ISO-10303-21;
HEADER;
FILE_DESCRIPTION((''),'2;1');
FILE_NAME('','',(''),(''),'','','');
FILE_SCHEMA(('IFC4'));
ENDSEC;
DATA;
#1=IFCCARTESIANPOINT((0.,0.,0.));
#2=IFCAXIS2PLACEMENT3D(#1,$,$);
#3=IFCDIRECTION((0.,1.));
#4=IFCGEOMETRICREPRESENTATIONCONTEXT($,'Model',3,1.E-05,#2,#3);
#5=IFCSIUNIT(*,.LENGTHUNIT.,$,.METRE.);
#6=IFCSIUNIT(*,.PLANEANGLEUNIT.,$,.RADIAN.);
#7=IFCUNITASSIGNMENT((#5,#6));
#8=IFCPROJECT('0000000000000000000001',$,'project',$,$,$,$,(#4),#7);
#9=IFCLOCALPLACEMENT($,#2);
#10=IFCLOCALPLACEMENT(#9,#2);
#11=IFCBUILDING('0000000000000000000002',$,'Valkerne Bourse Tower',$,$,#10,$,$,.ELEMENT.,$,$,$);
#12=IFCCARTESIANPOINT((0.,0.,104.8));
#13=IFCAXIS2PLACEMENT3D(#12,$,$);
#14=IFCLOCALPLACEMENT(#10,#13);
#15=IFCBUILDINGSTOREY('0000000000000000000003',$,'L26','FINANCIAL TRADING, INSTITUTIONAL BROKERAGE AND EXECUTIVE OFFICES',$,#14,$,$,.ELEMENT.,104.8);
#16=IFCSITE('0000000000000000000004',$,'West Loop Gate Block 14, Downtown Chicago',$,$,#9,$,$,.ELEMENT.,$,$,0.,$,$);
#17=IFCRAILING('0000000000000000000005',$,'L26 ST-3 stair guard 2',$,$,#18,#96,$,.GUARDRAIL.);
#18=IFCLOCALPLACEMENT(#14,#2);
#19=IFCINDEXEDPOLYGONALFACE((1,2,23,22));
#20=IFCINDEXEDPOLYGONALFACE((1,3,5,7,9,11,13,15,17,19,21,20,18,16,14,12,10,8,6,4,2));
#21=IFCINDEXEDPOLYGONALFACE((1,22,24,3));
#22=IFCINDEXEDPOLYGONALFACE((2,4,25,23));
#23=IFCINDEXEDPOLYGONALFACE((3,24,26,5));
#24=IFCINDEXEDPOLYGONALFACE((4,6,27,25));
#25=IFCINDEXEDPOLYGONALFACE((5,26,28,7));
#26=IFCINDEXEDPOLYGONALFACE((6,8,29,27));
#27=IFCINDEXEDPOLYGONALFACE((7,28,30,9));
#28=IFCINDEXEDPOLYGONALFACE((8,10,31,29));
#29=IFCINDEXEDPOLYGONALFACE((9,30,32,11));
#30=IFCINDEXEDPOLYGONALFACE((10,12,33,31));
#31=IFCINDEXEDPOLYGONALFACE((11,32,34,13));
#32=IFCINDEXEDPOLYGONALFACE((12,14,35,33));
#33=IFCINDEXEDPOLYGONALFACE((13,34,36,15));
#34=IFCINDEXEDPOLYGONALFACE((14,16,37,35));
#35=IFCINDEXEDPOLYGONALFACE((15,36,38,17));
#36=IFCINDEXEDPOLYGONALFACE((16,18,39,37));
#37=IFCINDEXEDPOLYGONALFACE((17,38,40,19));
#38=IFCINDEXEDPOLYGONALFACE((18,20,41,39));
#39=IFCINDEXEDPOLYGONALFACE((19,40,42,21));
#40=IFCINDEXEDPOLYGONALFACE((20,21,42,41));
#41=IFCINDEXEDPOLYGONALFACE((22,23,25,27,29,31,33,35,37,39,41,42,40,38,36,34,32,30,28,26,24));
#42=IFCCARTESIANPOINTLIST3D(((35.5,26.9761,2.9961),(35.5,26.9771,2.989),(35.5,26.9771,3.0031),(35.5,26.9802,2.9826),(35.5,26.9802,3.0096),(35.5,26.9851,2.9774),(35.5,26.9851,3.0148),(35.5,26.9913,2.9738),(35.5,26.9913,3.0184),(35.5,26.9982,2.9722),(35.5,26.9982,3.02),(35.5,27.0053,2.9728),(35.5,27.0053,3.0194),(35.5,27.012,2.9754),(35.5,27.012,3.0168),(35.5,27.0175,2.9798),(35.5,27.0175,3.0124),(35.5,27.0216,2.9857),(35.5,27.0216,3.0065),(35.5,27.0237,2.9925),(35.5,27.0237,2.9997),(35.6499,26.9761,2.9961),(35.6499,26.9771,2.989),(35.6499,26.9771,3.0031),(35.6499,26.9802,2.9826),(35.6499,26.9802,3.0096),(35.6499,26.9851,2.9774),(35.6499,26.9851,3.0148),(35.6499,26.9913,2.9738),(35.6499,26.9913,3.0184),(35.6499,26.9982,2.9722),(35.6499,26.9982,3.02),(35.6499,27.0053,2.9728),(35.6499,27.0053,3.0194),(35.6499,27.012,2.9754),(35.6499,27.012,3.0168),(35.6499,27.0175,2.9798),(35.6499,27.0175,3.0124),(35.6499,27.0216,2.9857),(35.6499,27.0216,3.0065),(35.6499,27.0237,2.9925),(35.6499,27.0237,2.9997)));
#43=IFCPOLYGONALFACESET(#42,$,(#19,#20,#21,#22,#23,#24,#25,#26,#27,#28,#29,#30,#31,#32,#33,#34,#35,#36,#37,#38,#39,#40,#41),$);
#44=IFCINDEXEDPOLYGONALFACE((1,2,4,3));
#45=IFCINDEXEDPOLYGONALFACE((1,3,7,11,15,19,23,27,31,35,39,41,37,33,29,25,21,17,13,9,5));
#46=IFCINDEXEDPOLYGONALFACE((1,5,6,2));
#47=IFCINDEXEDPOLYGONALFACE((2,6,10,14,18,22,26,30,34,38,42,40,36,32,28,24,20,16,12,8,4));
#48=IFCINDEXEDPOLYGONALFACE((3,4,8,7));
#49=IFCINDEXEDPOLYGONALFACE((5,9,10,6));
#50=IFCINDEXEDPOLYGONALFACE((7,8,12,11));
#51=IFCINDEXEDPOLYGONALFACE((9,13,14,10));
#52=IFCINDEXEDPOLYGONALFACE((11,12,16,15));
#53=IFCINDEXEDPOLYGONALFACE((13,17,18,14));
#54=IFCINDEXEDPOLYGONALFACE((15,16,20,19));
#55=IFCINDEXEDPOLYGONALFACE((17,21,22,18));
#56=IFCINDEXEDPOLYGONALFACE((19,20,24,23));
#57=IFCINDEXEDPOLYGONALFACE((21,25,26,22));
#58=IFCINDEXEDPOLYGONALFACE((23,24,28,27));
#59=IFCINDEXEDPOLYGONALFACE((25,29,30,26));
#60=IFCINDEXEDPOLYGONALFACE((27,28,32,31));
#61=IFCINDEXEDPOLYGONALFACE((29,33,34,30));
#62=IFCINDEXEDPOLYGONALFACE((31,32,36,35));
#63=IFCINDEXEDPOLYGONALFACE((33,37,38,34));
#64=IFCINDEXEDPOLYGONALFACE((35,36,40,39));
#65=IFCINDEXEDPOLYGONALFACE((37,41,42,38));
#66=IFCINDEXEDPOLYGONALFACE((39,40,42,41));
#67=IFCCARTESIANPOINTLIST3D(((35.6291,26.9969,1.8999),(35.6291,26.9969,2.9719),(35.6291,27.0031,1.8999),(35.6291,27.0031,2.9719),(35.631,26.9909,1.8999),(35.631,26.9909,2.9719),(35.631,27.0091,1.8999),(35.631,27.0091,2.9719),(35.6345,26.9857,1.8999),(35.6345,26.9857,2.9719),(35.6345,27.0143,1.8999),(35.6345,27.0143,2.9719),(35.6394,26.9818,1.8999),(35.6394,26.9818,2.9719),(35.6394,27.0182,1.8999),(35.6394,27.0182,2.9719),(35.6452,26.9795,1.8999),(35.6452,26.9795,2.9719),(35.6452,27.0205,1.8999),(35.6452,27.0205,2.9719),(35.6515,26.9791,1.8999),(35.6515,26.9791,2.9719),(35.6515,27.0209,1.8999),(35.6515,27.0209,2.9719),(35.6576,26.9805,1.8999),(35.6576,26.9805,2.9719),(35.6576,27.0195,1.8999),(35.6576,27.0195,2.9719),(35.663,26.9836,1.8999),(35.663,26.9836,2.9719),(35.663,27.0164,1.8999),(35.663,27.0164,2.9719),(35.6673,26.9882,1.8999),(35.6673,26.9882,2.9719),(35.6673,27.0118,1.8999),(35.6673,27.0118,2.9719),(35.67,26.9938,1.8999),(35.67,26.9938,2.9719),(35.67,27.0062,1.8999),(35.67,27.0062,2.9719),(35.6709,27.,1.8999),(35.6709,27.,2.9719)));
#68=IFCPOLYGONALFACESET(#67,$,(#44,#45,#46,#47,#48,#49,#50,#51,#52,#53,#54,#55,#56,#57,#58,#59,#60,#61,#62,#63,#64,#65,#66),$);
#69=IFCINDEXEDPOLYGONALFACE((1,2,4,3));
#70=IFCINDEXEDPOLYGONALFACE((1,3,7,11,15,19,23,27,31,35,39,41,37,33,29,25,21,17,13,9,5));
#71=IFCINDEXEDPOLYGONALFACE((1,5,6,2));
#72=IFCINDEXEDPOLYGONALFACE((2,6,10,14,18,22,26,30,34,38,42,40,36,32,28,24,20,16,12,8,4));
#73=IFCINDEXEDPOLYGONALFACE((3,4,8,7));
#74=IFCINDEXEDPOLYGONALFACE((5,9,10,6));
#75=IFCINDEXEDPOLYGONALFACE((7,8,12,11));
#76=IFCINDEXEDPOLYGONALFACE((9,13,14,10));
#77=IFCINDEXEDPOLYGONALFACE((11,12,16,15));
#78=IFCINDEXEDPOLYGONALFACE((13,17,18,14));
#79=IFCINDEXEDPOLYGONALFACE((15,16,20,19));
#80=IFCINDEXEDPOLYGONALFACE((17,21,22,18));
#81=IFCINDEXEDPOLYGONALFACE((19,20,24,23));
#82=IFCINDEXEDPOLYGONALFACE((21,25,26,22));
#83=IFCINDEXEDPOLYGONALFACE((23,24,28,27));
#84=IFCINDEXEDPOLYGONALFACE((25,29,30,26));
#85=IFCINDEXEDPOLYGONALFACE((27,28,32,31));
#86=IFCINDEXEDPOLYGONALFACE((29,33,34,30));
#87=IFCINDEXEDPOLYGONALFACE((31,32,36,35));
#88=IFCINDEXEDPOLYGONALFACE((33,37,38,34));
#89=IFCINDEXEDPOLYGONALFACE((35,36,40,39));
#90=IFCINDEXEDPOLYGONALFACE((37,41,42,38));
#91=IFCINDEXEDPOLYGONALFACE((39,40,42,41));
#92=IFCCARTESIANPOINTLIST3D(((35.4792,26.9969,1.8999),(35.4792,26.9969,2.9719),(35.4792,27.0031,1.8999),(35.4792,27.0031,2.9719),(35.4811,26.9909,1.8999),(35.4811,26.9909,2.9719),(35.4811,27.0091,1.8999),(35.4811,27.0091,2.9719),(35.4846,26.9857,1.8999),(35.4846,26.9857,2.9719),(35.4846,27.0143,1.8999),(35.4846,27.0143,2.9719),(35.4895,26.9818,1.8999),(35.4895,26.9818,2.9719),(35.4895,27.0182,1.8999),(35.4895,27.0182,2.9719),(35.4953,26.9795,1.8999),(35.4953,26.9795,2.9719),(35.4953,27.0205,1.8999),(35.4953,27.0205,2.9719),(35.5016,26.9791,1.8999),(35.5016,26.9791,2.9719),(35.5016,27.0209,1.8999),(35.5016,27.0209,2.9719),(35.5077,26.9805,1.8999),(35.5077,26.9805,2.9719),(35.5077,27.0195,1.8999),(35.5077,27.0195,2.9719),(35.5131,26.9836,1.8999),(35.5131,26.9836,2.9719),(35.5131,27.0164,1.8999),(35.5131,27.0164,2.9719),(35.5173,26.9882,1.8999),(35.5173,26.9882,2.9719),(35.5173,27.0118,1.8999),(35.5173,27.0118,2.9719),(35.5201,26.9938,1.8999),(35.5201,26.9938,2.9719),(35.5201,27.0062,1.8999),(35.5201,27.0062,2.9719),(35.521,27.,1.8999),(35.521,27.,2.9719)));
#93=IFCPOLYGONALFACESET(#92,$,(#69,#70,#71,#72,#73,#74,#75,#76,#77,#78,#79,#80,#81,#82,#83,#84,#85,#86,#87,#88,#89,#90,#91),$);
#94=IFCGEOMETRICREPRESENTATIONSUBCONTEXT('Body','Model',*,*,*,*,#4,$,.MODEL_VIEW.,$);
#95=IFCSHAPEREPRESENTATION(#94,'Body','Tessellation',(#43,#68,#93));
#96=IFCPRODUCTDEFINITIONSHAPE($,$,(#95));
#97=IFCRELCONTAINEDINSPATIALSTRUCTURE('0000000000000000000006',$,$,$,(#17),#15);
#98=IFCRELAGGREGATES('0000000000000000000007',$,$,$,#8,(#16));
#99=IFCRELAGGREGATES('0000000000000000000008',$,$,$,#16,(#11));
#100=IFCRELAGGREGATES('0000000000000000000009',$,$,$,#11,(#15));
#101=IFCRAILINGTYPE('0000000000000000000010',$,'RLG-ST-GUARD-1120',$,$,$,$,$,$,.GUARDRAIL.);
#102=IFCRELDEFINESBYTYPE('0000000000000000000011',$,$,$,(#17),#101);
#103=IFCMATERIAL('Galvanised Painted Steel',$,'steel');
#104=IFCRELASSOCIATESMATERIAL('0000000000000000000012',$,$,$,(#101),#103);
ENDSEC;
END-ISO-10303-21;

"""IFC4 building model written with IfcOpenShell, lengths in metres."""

from ifc_helpers import new_model, si_unit, direction, frame, origin, origin_2d, place, context, subcontext, project, spatial, circle, extrude, material, type_object, element, save


model = new_model("IFC4")

# Units and contexts
model_context = context("Model", 3, precision=1e-05, world=origin(), true_north=direction((0.0, 1.0)))
body_context = subcontext(model_context, "Body", "Model", "MODEL_VIEW")
ifc_project = project(units=[si_unit("LENGTHUNIT", "METRE"), si_unit("PLANEANGLEUNIT", "RADIAN")], contexts=[model_context])

# Site, building, storey
site_placement = place(None, origin())
site = spatial("IfcSite", under=ifc_project, at=site_placement, Name="West Loop Gate Block 14, Downtown Chicago", CompositionType="ELEMENT", RefElevation=0.0)
building_placement = place(site_placement, origin())
building = spatial("IfcBuilding", under=site, at=building_placement, Name="Valkerne Bourse Tower", CompositionType="ELEMENT")
storey_placement = place(building_placement, frame((0.0, 0.0, 104.8)))
storey = spatial("IfcBuildingStorey", under=building, at=storey_placement, Name="L26", Description="FINANCIAL TRADING, INSTITUTIONAL BROKERAGE AND EXECUTIVE OFFICES", CompositionType="ELEMENT", Elevation=104.8)

# Shared definitions
ifc_material_1 = material(Name="Galvanised Painted Steel", Category="steel")

# Railing
railing_type_1 = type_object("IfcRailingType", Name="RLG-ST-GUARD-1120", PredefinedType="GUARDRAIL", material=ifc_material_1)
railing_1_placement = place(storey_placement, frame((35.6499, 27.0, 1.8999)))
element("IfcRailing", 1, at=railing_1_placement, inside=storey, type_object=railing_type_1, Name="L26 ST-3 stair guard 2", PredefinedType="GUARDRAIL", context=body_context, shape_type="SweptSolid", body=[
    extrude(circle(Radius=0.0239, at=origin_2d()), frame((0.0, 0.0, 1.0962), z_axis=(-1.0, 0.0, 0.0), x_axis=(0.0, -1.0, 0.0)), (0.0, 0.0, 1.0), 0.1499),
    extrude(circle(Radius=0.021, at=origin_2d()), origin(), (0.0, 0.0, 1.0), 1.072),
    extrude(circle(Radius=0.021, at=origin_2d()), frame((-0.1499, 0.0, 0.0)), (0.0, 0.0, 1.0), 1.072),
])

save(model, "model.ifc")
